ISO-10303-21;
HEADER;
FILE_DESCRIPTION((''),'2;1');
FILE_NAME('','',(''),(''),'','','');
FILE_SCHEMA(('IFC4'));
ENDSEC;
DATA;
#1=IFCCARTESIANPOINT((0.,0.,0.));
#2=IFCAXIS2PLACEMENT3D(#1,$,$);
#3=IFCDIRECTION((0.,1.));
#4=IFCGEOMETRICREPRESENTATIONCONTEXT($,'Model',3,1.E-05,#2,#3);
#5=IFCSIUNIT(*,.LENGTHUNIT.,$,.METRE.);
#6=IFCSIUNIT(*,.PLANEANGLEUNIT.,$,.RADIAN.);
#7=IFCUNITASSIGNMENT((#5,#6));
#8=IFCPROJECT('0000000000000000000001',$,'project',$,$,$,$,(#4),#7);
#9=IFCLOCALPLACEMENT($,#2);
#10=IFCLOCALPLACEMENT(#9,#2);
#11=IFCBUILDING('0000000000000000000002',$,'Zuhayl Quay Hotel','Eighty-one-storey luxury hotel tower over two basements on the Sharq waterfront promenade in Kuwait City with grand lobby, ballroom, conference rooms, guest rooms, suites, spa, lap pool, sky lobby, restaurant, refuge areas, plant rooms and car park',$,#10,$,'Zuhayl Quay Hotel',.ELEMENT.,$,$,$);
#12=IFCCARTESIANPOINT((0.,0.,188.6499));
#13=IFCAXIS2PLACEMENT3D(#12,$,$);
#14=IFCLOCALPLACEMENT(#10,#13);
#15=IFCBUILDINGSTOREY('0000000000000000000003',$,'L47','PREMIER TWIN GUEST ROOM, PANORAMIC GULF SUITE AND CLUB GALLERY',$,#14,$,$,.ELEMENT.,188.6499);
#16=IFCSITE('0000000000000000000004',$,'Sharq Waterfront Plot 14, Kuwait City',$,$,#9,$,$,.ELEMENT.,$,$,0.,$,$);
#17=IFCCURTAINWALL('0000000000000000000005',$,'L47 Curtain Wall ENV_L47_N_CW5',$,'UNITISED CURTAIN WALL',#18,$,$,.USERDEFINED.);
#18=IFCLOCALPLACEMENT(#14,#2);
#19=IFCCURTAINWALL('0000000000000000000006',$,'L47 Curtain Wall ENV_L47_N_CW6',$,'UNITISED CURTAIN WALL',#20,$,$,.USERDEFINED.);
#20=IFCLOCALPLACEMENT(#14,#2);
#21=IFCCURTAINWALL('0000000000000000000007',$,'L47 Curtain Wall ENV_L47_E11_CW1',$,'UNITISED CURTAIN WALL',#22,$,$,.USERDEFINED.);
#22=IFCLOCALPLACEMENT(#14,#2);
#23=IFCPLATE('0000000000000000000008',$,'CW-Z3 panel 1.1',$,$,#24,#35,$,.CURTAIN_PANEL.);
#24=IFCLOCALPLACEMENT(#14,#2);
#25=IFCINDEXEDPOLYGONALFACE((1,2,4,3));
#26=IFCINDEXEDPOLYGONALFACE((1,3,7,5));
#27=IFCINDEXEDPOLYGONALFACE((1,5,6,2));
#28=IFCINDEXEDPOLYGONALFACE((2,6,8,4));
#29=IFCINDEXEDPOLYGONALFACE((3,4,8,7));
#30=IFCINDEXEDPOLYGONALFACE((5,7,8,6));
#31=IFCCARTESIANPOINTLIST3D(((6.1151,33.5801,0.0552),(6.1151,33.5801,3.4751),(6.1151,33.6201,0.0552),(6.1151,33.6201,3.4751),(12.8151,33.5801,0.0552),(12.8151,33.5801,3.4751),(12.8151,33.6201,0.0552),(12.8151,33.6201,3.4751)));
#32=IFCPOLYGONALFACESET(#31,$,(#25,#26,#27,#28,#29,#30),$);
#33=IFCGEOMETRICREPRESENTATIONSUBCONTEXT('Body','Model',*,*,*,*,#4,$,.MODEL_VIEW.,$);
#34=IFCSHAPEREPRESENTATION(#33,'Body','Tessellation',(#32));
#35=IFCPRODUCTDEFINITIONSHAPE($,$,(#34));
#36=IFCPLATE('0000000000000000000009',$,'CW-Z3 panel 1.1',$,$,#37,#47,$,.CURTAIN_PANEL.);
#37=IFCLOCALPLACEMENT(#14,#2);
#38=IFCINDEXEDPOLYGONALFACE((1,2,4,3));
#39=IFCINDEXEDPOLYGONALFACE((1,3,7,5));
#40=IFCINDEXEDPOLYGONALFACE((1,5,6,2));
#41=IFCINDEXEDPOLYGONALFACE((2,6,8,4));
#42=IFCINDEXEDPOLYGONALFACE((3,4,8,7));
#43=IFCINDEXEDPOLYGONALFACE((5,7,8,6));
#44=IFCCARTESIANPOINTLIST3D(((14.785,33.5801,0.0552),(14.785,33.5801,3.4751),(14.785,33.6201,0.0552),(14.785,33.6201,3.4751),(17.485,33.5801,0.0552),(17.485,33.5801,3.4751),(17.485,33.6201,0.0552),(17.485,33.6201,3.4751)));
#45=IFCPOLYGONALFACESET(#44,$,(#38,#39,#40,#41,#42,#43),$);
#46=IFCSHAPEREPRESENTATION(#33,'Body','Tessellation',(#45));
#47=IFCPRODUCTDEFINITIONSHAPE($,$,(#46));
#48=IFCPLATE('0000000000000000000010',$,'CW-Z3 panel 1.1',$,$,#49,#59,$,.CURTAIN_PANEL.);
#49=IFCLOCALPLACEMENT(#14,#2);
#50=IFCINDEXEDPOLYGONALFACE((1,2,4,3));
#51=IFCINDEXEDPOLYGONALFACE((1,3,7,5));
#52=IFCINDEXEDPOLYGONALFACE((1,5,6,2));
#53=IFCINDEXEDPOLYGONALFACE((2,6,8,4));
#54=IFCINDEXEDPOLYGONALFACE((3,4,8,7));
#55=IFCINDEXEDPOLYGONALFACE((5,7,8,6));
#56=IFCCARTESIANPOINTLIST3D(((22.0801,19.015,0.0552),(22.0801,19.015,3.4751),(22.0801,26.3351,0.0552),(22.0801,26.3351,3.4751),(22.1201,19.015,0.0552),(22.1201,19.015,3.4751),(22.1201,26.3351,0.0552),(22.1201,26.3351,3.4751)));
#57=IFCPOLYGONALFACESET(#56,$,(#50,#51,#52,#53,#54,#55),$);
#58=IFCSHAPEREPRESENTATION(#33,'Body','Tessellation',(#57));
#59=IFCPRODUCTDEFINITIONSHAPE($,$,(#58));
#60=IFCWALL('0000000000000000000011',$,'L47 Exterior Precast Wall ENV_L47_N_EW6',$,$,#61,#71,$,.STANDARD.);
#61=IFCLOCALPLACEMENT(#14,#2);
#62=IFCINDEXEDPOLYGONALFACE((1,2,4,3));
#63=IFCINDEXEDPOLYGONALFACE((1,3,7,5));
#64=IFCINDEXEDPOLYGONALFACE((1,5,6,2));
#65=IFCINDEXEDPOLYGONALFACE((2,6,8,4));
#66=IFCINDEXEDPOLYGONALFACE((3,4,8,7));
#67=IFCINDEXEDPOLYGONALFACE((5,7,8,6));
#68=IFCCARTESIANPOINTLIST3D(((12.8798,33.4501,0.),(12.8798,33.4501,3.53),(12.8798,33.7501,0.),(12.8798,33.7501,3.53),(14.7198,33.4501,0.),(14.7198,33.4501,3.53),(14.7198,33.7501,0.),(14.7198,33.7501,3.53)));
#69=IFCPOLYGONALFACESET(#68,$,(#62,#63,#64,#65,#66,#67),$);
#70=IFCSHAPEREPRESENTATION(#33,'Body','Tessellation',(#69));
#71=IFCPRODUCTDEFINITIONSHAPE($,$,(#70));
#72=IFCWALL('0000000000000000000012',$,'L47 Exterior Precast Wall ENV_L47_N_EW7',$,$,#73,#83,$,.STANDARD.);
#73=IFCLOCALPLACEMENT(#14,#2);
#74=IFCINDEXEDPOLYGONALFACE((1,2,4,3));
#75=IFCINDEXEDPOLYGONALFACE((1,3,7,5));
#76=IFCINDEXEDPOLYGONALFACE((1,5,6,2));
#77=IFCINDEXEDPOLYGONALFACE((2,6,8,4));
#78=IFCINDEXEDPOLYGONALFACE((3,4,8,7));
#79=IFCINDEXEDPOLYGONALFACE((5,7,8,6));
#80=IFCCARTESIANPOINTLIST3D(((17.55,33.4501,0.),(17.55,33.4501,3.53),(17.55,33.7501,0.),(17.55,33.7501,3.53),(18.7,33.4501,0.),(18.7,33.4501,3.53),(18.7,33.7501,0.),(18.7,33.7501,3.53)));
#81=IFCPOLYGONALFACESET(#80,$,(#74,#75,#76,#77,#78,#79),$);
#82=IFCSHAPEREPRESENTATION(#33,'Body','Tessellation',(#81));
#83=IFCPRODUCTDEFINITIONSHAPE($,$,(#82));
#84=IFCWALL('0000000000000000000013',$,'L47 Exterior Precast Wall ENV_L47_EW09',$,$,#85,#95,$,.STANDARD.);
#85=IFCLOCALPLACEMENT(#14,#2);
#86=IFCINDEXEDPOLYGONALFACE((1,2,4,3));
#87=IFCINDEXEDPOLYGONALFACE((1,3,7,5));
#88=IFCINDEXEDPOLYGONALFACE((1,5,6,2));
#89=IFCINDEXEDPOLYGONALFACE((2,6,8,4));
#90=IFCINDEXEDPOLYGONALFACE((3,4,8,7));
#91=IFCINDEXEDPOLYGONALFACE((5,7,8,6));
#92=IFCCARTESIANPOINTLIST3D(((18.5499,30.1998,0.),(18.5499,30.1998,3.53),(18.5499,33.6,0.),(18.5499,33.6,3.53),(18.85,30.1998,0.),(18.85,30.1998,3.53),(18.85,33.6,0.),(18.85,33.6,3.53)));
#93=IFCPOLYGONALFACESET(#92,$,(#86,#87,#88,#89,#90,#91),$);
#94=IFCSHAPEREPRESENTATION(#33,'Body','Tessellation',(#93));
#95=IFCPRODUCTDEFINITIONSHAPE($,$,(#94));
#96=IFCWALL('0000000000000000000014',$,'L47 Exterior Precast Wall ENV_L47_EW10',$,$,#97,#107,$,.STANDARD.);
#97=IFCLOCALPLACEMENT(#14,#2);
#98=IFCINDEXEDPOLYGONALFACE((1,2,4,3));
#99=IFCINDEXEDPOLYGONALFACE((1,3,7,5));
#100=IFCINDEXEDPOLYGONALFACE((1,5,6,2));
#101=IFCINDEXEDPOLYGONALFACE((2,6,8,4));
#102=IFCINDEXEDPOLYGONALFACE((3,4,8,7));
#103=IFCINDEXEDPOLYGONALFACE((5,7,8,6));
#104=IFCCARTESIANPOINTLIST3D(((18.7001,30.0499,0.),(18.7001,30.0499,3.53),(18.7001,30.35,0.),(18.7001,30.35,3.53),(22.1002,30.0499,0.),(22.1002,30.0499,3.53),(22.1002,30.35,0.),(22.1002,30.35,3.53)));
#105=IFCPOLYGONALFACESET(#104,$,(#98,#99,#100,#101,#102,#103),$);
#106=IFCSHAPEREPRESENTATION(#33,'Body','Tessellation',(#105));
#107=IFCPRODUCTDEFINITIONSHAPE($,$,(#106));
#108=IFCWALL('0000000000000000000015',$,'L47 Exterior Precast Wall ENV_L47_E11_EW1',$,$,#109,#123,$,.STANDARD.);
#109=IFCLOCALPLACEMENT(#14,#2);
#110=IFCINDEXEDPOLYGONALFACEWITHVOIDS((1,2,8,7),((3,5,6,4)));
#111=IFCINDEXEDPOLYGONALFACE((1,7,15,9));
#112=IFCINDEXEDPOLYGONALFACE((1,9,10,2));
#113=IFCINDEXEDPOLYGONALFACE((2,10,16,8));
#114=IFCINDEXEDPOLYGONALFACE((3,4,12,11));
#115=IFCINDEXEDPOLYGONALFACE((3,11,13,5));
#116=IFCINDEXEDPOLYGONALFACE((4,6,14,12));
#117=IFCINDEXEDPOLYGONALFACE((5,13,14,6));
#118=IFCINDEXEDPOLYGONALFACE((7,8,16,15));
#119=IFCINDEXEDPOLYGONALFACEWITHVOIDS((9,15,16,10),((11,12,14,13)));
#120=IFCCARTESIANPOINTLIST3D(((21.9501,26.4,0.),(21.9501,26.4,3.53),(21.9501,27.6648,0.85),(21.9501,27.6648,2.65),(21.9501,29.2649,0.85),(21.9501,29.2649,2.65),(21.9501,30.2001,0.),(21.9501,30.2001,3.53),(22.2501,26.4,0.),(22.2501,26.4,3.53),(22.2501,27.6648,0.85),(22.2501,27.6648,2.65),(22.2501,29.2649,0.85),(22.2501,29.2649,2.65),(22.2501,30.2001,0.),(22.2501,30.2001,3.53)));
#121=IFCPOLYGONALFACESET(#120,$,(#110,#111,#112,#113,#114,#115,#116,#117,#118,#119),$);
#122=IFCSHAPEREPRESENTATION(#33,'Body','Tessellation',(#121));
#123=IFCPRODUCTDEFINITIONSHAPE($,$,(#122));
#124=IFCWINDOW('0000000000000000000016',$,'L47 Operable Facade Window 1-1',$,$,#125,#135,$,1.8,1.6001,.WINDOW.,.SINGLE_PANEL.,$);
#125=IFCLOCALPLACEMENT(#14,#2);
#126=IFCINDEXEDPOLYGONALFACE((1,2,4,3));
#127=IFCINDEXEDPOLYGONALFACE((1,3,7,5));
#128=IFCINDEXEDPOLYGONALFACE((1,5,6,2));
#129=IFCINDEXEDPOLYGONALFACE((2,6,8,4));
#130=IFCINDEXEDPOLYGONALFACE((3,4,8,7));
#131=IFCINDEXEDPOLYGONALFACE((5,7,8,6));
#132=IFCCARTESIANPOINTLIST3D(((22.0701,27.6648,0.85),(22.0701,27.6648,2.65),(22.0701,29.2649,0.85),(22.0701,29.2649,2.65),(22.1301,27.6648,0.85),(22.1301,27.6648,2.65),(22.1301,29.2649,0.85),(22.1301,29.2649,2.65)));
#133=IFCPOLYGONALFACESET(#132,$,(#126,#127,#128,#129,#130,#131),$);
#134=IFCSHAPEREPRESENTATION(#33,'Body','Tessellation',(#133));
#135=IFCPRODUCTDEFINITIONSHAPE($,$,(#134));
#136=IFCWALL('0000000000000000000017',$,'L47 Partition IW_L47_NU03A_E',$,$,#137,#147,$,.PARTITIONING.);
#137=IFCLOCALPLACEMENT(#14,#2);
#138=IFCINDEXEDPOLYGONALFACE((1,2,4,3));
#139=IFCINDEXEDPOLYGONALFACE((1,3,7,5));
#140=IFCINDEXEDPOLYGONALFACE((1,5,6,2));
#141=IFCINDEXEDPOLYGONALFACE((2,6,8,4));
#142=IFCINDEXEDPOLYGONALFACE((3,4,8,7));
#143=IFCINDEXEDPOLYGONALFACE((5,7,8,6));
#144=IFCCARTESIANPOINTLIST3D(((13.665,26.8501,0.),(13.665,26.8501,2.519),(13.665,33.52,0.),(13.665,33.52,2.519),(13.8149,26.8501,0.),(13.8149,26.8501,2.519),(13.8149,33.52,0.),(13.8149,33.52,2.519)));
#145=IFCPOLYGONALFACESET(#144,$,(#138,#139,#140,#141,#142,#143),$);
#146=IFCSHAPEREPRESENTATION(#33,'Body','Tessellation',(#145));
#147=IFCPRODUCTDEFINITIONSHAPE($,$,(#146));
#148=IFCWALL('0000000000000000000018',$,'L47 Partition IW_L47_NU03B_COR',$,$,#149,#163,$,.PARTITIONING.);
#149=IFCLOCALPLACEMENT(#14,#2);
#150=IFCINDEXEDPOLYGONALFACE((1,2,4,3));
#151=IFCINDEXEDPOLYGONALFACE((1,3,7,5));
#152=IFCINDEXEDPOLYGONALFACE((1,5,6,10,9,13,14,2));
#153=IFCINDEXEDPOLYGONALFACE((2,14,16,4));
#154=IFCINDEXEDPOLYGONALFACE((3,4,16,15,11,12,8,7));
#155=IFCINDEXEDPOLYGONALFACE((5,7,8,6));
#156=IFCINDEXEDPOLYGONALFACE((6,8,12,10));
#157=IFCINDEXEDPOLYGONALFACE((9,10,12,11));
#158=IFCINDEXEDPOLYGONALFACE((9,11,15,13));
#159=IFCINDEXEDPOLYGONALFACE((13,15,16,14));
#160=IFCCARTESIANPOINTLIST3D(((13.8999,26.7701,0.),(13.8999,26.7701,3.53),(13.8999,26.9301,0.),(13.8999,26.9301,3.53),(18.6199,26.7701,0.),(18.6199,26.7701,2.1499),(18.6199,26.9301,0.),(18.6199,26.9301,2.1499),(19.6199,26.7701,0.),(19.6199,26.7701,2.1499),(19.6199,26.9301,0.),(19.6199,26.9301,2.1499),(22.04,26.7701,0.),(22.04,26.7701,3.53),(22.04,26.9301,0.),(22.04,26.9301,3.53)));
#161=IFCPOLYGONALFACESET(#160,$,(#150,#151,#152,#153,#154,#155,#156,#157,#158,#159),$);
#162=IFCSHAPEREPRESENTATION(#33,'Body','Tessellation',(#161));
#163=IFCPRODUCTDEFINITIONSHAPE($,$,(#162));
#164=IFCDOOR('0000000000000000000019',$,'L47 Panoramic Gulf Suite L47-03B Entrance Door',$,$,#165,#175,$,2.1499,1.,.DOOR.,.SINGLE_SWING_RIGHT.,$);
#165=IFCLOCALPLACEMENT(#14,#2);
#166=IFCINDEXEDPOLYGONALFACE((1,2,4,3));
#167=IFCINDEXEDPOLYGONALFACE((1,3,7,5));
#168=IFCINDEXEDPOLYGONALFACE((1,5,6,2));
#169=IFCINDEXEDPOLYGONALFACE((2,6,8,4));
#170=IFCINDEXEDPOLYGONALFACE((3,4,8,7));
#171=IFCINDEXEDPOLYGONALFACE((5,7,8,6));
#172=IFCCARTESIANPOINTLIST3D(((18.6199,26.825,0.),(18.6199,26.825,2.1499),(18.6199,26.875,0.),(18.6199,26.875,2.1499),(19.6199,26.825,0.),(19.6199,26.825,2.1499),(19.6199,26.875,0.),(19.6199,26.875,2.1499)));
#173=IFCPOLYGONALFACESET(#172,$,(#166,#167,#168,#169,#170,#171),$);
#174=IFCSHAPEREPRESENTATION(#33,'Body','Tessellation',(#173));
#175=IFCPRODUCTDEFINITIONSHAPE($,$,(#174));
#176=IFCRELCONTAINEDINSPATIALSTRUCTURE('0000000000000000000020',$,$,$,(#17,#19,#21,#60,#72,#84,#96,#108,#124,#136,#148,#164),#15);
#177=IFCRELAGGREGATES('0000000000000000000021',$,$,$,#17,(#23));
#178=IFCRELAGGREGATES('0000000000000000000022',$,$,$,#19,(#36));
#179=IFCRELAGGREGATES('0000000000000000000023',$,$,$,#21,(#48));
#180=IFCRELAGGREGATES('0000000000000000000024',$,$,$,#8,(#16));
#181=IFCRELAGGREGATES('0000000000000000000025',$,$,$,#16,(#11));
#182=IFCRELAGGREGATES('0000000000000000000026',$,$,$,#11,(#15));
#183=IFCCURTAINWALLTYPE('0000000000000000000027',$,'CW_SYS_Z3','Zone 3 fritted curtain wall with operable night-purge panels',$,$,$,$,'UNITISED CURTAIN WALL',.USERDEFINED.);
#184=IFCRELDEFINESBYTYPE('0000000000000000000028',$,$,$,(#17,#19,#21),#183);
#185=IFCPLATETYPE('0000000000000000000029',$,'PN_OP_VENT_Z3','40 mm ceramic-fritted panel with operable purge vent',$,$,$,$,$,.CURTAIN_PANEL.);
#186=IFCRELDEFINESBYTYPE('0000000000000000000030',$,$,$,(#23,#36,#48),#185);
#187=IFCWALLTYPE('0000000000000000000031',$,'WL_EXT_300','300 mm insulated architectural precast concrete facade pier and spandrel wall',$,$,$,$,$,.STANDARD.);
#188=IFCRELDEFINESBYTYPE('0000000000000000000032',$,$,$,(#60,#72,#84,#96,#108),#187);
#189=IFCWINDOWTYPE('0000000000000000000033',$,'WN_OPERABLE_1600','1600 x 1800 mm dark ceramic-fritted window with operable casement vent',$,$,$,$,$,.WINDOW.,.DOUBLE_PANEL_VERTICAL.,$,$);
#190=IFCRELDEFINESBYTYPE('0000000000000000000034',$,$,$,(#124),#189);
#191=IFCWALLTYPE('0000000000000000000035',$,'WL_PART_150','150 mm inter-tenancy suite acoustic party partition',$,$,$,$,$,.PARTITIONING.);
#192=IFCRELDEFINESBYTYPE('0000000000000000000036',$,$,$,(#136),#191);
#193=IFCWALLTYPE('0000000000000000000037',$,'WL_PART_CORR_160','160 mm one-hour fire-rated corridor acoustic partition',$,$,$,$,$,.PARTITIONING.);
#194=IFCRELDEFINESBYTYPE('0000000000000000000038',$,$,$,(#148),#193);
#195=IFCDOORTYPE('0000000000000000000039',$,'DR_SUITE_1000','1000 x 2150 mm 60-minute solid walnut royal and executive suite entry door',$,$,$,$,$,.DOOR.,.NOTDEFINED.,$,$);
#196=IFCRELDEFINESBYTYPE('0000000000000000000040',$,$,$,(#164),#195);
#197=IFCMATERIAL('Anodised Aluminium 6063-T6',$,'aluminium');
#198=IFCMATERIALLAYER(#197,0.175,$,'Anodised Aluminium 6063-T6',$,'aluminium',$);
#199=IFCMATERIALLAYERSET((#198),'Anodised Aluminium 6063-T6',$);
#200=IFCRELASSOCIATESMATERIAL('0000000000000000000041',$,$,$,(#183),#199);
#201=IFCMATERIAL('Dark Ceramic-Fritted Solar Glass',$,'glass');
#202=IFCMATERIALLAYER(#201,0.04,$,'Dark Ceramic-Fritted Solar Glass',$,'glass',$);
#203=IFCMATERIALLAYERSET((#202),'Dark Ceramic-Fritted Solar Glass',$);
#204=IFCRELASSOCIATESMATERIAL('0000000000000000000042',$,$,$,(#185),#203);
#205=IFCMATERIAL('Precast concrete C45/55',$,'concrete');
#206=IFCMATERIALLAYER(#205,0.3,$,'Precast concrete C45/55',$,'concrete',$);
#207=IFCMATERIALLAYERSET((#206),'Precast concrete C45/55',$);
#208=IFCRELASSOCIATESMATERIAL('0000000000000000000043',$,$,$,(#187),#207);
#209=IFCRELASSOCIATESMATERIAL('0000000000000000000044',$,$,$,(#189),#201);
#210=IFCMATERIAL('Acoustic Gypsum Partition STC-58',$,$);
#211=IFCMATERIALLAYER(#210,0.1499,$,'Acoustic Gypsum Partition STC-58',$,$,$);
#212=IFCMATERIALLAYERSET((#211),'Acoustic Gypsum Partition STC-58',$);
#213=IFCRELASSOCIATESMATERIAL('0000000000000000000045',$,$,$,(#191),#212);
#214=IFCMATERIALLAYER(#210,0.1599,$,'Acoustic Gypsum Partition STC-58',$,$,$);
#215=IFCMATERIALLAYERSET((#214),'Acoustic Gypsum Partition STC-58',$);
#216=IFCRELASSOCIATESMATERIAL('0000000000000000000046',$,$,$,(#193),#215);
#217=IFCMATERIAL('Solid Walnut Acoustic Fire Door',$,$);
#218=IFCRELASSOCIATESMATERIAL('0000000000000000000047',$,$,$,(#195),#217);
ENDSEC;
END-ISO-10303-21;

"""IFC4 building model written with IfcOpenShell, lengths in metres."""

from ifc_helpers import new_model, si_unit, direction, frame, frame_2d, origin, origin_2d, place, context, subcontext, project, spatial, rectangle, extrude, material, layer, layer_set, type_object, element, fill, aggregate, save


model = new_model("IFC4")

# Units and contexts
model_context = context("Model", 3, precision=1e-05, world=origin(), true_north=direction((0.0, 1.0)))
body_context = subcontext(model_context, "Body", "Model", "MODEL_VIEW")
ifc_project = project(units=[si_unit("LENGTHUNIT", "METRE"), si_unit("PLANEANGLEUNIT", "RADIAN")], contexts=[model_context])

# Site, building, storey
site_placement = place(None, origin())
site = spatial("IfcSite", under=ifc_project, at=site_placement, Name="Sharq Waterfront Plot 14, Kuwait City", CompositionType="ELEMENT", RefElevation=0.0)
building_placement = place(site_placement, origin())
building = spatial("IfcBuilding", under=site, at=building_placement, Name="Zuhayl Quay Hotel", Description="Eighty-one-storey luxury hotel tower over two basements on the Sharq waterfront promenade in Kuwait City with grand lobby, ballroom, conference rooms, guest rooms, suites, spa, lap pool, sky lobby, restaurant, refuge areas, plant rooms and car park", LongName="Zuhayl Quay Hotel", CompositionType="ELEMENT")
storey_placement = place(building_placement, frame((0.0, 0.0, 188.6499)))
storey = spatial("IfcBuildingStorey", under=building, at=storey_placement, Name="L47", Description="PREMIER TWIN GUEST ROOM, PANORAMIC GULF SUITE AND CLUB GALLERY", CompositionType="ELEMENT", Elevation=188.6499)

# Curtain wall
ifc_material_1 = material(Name="Anodised Aluminium 6063-T6", Category="aluminium")
ifc_layer_1 = layer(ifc_material_1, 0.175, Name="Anodised Aluminium 6063-T6", Category="aluminium")
ifc_layer_set_1 = layer_set([ifc_layer_1], Name="Anodised Aluminium 6063-T6")
curtain_wall_type = type_object("IfcCurtainWallType", Name="CW_SYS_Z3", Description="Zone 3 fritted curtain wall with operable night-purge panels", ElementType="UNITISED CURTAIN WALL", PredefinedType="USERDEFINED", material=ifc_layer_set_1)
curtain_wall_1_placement = place(storey_placement, origin())
curtain_wall_1 = element("IfcCurtainWall", 1, at=curtain_wall_1_placement, inside=storey, type_object=curtain_wall_type, Name="L47 Curtain Wall ENV_L47_N_CW5", ObjectType="UNITISED CURTAIN WALL", PredefinedType="USERDEFINED")

# Curtain wall
curtain_wall_2_placement = place(storey_placement, origin())
curtain_wall_2 = element("IfcCurtainWall", 2, at=curtain_wall_2_placement, inside=storey, type_object=curtain_wall_type, Name="L47 Curtain Wall ENV_L47_N_CW6", ObjectType="UNITISED CURTAIN WALL", PredefinedType="USERDEFINED")

# Curtain wall
curtain_wall_3_placement = place(storey_placement, origin())
curtain_wall_3 = element("IfcCurtainWall", 3, at=curtain_wall_3_placement, inside=storey, type_object=curtain_wall_type, Name="L47 Curtain Wall ENV_L47_E11_CW1", ObjectType="UNITISED CURTAIN WALL", PredefinedType="USERDEFINED")

# Plates
ifc_material_2 = material(Name="Dark Ceramic-Fritted Solar Glass", Category="glass")
ifc_layer_2 = layer(ifc_material_2, 0.04, Name="Dark Ceramic-Fritted Solar Glass", Category="glass")
ifc_layer_set_2 = layer_set([ifc_layer_2], Name="Dark Ceramic-Fritted Solar Glass")
plate_type = type_object("IfcPlateType", Name="PN_OP_VENT_Z3", Description="40 mm ceramic-fritted panel with operable purge vent", PredefinedType="CURTAIN_PANEL", material=ifc_layer_set_2)
plate_1_placement = place(storey_placement, frame((9.4651, 33.6001, 0.0552), z_axis=(0.0, 0.0, 1.0), x_axis=(1.0, 0.0, 0.0)))
plate_1 = element("IfcPlate", 4, at=plate_1_placement, type_object=plate_type, Name="CW-Z3 panel 1.1", PredefinedType="CURTAIN_PANEL", context=body_context, shape_type="SweptSolid", body=[
    extrude(rectangle(XDim=6.7, YDim=0.04, at=origin_2d()), origin(), (0.0, 0.0, 1.0), 3.4199),
])
aggregate(curtain_wall_1, [plate_1])
plate_2_placement = place(storey_placement, frame((16.135, 33.6001, 0.0552), z_axis=(0.0, 0.0, 1.0), x_axis=(1.0, 0.0, 0.0)))
plate_2 = element("IfcPlate", 5, at=plate_2_placement, type_object=plate_type, Name="CW-Z3 panel 1.1", PredefinedType="CURTAIN_PANEL", context=body_context, shape_type="SweptSolid", body=[
    extrude(rectangle(XDim=2.7, YDim=0.04, at=origin_2d()), origin(), (0.0, 0.0, 1.0), 3.4199),
])
aggregate(curtain_wall_2, [plate_2])
plate_3_placement = place(storey_placement, frame((22.1001, 22.675, 0.0552), z_axis=(0.0, 0.0, 1.0), x_axis=(0.0, -1.0, 0.0)))
plate_3 = element("IfcPlate", 6, at=plate_3_placement, type_object=plate_type, Name="CW-Z3 panel 1.1", PredefinedType="CURTAIN_PANEL", context=body_context, shape_type="SweptSolid", body=[
    extrude(rectangle(XDim=7.3201, YDim=0.04, at=origin_2d()), origin(), (0.0, 0.0, 1.0), 3.4199),
])
aggregate(curtain_wall_3, [plate_3])

# Walls
ifc_material_3 = material(Name="Precast concrete C45/55", Category="concrete")
ifc_layer_3 = layer(ifc_material_3, 0.3, Name="Precast concrete C45/55", Category="concrete")
ifc_layer_set_3 = layer_set([ifc_layer_3], Name="Precast concrete C45/55")
wall_type_1 = type_object("IfcWallType", Name="WL_EXT_300", Description="300 mm insulated architectural precast concrete facade pier and spandrel wall", PredefinedType="STANDARD", material=ifc_layer_set_3)
wall_1_placement = place(storey_placement, frame((12.8799, 33.6001, 0.0), z_axis=(0.0, 0.0, 1.0), x_axis=(1.0, 0.0, 0.0)))
element("IfcWall", 7, at=wall_1_placement, inside=storey, type_object=wall_type_1, Name="L47 Exterior Precast Wall ENV_L47_N_EW6", PredefinedType="STANDARD", context=body_context, shape_type="SweptSolid", body=[
    extrude(rectangle(XDim=1.8401, YDim=0.3, at=frame_2d((0.9199, 0.0))), origin(), (0.0, 0.0, 1.0), 3.53),
])
wall_2_placement = place(storey_placement, frame((17.55, 33.6001, 0.0), z_axis=(0.0, 0.0, 1.0), x_axis=(1.0, 0.0, 0.0)))
element("IfcWall", 8, at=wall_2_placement, inside=storey, type_object=wall_type_1, Name="L47 Exterior Precast Wall ENV_L47_N_EW7", PredefinedType="STANDARD", context=body_context, shape_type="SweptSolid", body=[
    extrude(rectangle(XDim=1.1499, YDim=0.3, at=frame_2d((0.575, 0.0))), origin(), (0.0, 0.0, 1.0), 3.53),
])
for number, where, z_axis, x_axis, name in (
    (9, (18.7, 33.6001, 0.0), (0.0, 0.0, 1.0), (0.0, -1.0, 0.0), "L47 Exterior Precast Wall ENV_L47_EW09"),
    (10, (18.7, 30.2, 0.0), (0.0, 0.0, 1.0), (1.0, 0.0, 0.0), "L47 Exterior Precast Wall ENV_L47_EW10"),
):
    element("IfcWall", number, at=place(storey_placement, frame(where, z_axis=z_axis, x_axis=x_axis)), inside=storey, type_object=wall_type_1, Name=name, PredefinedType="STANDARD", context=body_context, shape_type="SweptSolid", body=[
        extrude(rectangle(XDim=3.4001, YDim=0.3, at=frame_2d((1.7002, 0.0))), origin(), (0.0, 0.0, 1.0), 3.53),
    ])

# Wall, opening, window
wall_3_placement = place(storey_placement, frame((22.1001, 30.2, 0.0), z_axis=(0.0, 0.0, 1.0), x_axis=(0.0, -1.0, 0.0)))
wall_3 = element("IfcWall", 11, at=wall_3_placement, inside=storey, type_object=wall_type_1, Name="L47 Exterior Precast Wall ENV_L47_E11_EW1", PredefinedType="STANDARD", context=body_context, shape_type="SweptSolid", body=[
    extrude(rectangle(XDim=3.8, YDim=0.3, at=frame_2d((1.8999, 0.0))), origin(), (0.0, 0.0, 1.0), 3.53),
])
opening_1_placement = place(wall_3_placement, frame((0.9351, 0.0, 0.8501)))
opening_1 = element("IfcOpeningElement", 12, at=opening_1_placement, cuts=wall_3, PredefinedType="OPENING", context=body_context, shape_type="SweptSolid", body=[
    extrude(rectangle(XDim=1.6001, YDim=1.8, at=frame_2d((0.8, 0.8999))), frame((0.0, 0.1599, 0.0), z_axis=(0.0, -1.0, 0.0), x_axis=(1.0, 0.0, 0.0)), (0.0, 0.0, 1.0), 0.3201),
])
window_type = type_object("IfcWindowType", Name="WN_OPERABLE_1600", Description="1600 x 1800 mm dark ceramic-fritted window with operable casement vent", PartitioningType="DOUBLE_PANEL_VERTICAL", PredefinedType="WINDOW", material=ifc_material_2)
window_placement = place(opening_1_placement, origin())
window = element("IfcWindow", 13, at=window_placement, inside=storey, type_object=window_type, Name="L47 Operable Facade Window 1-1", OverallHeight=1.8, OverallWidth=1.6001, PartitioningType="SINGLE_PANEL", PredefinedType="WINDOW", context=body_context, shape_type="SweptSolid", body=[
    extrude(rectangle(XDim=1.6001, YDim=1.8, at=frame_2d((0.8, 0.8999))), frame((0.0, 0.03, 0.0), z_axis=(0.0, -1.0, 0.0), x_axis=(1.0, 0.0, 0.0)), (0.0, 0.0, 1.0), 0.0601),
])
fill(opening_1, window)

# Wall
ifc_material_4 = material(Name="Acoustic Gypsum Partition STC-58")
ifc_layer_4 = layer(ifc_material_4, 0.1499, Name="Acoustic Gypsum Partition STC-58")
ifc_layer_set_4 = layer_set([ifc_layer_4], Name="Acoustic Gypsum Partition STC-58")
wall_type_2 = type_object("IfcWallType", Name="WL_PART_150", Description="150 mm inter-tenancy suite acoustic party partition", PredefinedType="PARTITIONING", material=ifc_layer_set_4)
wall_4_placement = place(storey_placement, frame((13.74, 26.8501, 0.0), z_axis=(0.0, 0.0, 1.0), x_axis=(0.0, 1.0, 0.0)))
element("IfcWall", 14, at=wall_4_placement, inside=storey, type_object=wall_type_2, Name="L47 Partition IW_L47_NU03A_E", PredefinedType="PARTITIONING", context=body_context, shape_type="SweptSolid", body=[
    extrude(rectangle(XDim=6.6699, YDim=0.1499, at=frame_2d((3.335, 0.0))), origin(), (0.0, 0.0, 1.0), 2.519),
])

# Wall, opening, door
ifc_layer_5 = layer(ifc_material_4, 0.1599, Name="Acoustic Gypsum Partition STC-58")
ifc_layer_set_5 = layer_set([ifc_layer_5], Name="Acoustic Gypsum Partition STC-58")
wall_type_3 = type_object("IfcWallType", Name="WL_PART_CORR_160", Description="160 mm one-hour fire-rated corridor acoustic partition", PredefinedType="PARTITIONING", material=ifc_layer_set_5)
wall_5_placement = place(storey_placement, frame((13.8999, 26.8501, 0.0), z_axis=(0.0, 0.0, 1.0), x_axis=(1.0, 0.0, 0.0)))
wall_5 = element("IfcWall", 15, at=wall_5_placement, inside=storey, type_object=wall_type_3, Name="L47 Partition IW_L47_NU03B_COR", PredefinedType="PARTITIONING", context=body_context, shape_type="SweptSolid", body=[
    extrude(rectangle(XDim=8.1401, YDim=0.1599, at=frame_2d((4.0701, 0.0))), origin(), (0.0, 0.0, 1.0), 3.53),
])
opening_2_placement = place(wall_5_placement, frame((4.72, 0.0, 0.0)))
opening_2 = element("IfcOpeningElement", 16, at=opening_2_placement, cuts=wall_5, PredefinedType="OPENING", context=body_context, shape_type="SweptSolid", body=[
    extrude(rectangle(XDim=1.0, YDim=2.1499, at=frame_2d((0.5, 1.075))), frame((0.0, 0.0898, 0.0), z_axis=(0.0, -1.0, 0.0), x_axis=(1.0, 0.0, 0.0)), (0.0, 0.0, 1.0), 0.1799),
])
ifc_material_5 = material(Name="Solid Walnut Acoustic Fire Door")
door_type_1 = type_object("IfcDoorType", Name="DR_SUITE_1000", Description="1000 x 2150 mm 60-minute solid walnut royal and executive suite entry door", OperationType="NOTDEFINED", PredefinedType="DOOR", material=ifc_material_5)
door_1_placement = place(opening_2_placement, origin())
door_1 = element("IfcDoor", 17, at=door_1_placement, inside=storey, type_object=door_type_1, Name="L47 Panoramic Gulf Suite L47-03B Entrance Door", OperationType="SINGLE_SWING_RIGHT", OverallHeight=2.1499, OverallWidth=1.0, PredefinedType="DOOR", context=body_context, shape_type="SweptSolid", body=[
    extrude(rectangle(XDim=1.0, YDim=2.1499, at=frame_2d((0.5, 1.075))), frame((0.0, 0.0249, 0.0), z_axis=(0.0, -1.0, 0.0), x_axis=(1.0, 0.0, 0.0)), (0.0, 0.0, 1.0), 0.05),
])
fill(opening_2, door_1)

save(model, "model.ifc")
